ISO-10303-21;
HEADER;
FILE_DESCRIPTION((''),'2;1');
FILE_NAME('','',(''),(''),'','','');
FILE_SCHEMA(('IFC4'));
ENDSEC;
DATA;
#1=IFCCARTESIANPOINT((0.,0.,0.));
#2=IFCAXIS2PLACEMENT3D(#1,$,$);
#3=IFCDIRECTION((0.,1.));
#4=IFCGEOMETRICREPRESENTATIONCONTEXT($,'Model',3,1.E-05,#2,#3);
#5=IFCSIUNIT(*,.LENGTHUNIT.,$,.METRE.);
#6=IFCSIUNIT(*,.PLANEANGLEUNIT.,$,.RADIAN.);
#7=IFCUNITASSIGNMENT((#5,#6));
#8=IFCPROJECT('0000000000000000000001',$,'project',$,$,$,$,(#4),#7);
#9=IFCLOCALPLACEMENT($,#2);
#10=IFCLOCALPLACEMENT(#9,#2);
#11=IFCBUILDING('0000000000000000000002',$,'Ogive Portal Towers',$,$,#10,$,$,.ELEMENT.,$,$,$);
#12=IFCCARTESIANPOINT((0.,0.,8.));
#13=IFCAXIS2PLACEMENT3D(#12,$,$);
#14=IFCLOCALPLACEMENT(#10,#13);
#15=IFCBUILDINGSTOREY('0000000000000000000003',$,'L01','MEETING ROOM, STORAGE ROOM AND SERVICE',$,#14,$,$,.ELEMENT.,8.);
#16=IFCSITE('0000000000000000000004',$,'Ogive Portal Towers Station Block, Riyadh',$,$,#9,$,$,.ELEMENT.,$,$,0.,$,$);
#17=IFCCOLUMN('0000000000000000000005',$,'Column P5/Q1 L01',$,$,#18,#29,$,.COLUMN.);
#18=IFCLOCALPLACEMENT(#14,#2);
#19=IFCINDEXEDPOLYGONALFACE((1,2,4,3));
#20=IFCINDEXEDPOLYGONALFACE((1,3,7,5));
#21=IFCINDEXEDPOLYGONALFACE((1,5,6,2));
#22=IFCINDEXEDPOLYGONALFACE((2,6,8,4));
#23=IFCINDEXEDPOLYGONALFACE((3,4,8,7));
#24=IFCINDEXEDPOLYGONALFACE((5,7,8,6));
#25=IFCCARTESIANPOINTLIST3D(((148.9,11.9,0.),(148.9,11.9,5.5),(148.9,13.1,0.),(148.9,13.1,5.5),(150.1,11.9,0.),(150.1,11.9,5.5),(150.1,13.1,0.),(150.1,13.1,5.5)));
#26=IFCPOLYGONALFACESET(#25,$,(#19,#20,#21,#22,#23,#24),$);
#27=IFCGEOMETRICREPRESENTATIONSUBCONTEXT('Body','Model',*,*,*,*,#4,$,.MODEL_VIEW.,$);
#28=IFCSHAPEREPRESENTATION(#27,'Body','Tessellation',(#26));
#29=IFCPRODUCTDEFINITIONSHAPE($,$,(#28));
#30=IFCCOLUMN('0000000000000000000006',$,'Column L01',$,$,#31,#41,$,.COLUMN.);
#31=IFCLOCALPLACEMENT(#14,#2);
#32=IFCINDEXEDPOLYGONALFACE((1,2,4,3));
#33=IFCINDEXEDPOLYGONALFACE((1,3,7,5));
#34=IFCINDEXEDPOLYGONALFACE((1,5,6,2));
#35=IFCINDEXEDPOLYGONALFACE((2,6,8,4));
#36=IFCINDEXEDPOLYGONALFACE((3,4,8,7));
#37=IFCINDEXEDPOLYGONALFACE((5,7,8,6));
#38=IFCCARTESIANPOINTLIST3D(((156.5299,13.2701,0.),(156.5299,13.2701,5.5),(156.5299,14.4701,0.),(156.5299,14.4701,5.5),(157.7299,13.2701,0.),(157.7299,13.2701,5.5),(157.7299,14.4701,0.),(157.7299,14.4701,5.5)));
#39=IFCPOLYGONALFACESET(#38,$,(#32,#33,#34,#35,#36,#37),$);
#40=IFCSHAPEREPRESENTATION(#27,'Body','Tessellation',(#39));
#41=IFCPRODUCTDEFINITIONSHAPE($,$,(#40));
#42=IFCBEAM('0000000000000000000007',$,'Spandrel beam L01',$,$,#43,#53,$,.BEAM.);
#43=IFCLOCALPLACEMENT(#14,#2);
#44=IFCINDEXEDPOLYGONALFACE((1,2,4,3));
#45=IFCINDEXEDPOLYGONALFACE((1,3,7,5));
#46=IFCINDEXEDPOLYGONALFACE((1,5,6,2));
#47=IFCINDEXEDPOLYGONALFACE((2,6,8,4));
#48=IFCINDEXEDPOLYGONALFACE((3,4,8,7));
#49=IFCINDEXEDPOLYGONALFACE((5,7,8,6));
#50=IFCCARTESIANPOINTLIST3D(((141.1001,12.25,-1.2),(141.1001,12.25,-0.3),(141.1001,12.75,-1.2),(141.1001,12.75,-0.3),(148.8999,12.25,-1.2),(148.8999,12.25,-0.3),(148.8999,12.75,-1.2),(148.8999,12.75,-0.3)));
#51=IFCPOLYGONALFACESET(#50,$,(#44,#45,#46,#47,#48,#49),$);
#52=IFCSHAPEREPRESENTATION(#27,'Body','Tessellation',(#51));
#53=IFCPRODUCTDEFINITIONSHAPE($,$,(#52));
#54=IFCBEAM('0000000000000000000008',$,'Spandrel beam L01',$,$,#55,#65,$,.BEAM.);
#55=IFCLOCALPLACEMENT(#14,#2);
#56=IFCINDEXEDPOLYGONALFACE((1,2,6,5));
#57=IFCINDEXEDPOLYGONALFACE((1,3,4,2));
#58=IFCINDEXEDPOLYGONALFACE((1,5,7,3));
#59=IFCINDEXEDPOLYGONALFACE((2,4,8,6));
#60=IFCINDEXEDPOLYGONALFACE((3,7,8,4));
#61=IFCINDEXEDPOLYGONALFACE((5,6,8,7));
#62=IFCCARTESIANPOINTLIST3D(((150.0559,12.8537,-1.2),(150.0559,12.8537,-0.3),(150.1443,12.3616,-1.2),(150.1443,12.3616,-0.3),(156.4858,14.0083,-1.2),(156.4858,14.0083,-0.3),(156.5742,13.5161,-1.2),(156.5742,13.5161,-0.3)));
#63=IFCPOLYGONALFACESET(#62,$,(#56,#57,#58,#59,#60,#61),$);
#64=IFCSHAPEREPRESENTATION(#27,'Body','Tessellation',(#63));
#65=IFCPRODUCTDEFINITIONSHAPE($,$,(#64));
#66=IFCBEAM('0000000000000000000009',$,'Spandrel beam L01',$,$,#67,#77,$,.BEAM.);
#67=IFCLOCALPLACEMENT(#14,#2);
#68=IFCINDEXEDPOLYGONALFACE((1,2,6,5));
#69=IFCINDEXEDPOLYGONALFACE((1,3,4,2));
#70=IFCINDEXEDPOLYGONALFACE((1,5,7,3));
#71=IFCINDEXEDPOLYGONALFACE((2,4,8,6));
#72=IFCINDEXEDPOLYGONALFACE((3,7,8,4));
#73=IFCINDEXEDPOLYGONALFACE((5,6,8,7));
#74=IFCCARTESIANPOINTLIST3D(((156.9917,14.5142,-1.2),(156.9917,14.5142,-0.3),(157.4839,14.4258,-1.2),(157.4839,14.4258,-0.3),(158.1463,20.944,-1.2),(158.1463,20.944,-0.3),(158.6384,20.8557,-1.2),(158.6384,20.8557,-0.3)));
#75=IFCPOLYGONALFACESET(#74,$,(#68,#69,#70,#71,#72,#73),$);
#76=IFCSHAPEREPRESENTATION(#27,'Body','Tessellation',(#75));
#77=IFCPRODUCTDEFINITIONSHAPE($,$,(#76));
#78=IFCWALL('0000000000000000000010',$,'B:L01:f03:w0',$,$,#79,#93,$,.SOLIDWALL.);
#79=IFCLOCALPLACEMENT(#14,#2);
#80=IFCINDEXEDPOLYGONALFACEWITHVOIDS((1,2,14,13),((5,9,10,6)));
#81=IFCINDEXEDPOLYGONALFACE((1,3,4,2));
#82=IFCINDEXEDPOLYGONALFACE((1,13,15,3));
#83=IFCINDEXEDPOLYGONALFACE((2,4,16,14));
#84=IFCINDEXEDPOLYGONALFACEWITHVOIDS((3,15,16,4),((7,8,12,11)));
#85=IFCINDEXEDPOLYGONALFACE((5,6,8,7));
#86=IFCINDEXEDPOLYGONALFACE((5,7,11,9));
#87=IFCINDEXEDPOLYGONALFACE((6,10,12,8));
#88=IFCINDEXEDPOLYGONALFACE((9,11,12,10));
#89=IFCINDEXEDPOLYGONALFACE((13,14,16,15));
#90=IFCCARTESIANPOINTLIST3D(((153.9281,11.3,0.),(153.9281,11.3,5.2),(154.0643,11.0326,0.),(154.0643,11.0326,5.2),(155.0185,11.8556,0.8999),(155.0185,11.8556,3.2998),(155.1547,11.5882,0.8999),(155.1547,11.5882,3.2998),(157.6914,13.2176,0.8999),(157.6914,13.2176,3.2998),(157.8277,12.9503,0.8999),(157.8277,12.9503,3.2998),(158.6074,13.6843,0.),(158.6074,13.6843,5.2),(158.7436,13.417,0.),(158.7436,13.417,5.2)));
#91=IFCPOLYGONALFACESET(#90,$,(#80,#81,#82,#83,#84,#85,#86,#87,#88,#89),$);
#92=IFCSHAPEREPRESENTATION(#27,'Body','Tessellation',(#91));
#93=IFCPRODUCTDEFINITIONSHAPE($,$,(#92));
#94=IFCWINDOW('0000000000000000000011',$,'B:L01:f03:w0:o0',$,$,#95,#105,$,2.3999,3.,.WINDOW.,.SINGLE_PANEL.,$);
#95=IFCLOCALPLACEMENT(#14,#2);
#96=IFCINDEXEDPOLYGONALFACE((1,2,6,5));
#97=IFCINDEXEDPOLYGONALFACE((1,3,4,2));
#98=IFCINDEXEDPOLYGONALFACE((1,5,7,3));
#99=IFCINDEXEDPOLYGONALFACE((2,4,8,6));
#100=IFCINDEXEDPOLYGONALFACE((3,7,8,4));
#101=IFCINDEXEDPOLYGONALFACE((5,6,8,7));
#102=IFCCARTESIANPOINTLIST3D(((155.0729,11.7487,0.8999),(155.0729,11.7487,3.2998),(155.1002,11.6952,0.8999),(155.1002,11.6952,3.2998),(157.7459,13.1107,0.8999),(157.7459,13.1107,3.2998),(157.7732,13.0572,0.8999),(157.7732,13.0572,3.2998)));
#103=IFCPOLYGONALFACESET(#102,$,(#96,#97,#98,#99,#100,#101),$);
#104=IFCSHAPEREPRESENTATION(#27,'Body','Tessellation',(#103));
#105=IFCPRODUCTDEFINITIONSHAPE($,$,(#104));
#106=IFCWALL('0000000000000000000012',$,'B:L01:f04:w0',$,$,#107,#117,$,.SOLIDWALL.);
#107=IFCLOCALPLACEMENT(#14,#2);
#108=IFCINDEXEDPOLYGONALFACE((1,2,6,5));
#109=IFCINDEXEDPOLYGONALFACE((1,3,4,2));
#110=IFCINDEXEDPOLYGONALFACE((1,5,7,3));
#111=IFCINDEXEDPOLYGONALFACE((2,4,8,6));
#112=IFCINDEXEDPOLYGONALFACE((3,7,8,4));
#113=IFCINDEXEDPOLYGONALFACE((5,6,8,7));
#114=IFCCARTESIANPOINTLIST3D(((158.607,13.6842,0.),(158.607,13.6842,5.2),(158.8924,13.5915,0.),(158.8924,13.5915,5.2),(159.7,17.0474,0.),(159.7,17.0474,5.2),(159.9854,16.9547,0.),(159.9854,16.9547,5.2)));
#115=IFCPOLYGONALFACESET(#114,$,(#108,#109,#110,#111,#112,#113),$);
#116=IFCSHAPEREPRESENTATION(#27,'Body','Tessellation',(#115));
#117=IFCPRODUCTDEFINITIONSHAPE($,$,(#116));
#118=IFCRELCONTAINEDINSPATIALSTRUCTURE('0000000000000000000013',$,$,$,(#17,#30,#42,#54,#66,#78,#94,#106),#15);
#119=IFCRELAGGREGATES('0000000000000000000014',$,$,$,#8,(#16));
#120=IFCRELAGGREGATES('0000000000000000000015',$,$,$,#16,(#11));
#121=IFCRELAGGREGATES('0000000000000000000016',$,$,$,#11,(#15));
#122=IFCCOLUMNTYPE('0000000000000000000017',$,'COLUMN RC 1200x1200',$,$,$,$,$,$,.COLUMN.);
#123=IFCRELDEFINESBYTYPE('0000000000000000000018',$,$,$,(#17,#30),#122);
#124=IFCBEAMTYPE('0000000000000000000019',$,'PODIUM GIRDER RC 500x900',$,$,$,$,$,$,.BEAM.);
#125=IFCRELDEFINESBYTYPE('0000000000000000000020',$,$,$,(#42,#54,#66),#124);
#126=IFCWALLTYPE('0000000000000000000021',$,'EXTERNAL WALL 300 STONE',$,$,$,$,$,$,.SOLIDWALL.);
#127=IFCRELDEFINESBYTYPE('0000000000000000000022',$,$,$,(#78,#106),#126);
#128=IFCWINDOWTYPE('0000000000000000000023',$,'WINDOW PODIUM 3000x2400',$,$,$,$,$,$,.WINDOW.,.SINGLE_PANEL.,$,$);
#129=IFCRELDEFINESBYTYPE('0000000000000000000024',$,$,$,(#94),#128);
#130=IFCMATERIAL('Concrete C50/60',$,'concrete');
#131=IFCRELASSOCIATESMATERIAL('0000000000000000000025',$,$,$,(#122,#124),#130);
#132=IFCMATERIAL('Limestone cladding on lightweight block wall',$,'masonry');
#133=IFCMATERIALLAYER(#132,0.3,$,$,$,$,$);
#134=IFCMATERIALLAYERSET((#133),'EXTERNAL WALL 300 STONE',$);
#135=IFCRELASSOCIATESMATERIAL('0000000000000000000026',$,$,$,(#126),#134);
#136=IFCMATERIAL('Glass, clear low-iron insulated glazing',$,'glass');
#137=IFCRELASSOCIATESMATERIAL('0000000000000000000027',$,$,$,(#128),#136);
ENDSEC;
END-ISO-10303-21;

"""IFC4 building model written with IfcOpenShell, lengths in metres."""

from ifc_helpers import new_model, si_unit, direction, frame, frame_2d, origin, origin_2d, place, context, subcontext, project, spatial, rectangle, extrude, material, layer, layer_set, material_profile, profile_set, type_object, element, fill, save


model = new_model("IFC4")

# Units and contexts
model_context = context("Model", 3, precision=1e-05, world=origin(), true_north=direction((0.0, 1.0)))
body_context = subcontext(model_context, "Body", "Model", "MODEL_VIEW")
ifc_project = project(units=[si_unit("LENGTHUNIT", "METRE"), si_unit("PLANEANGLEUNIT", "RADIAN")], contexts=[model_context])

# Site, building, storey
site_placement = place(None, origin())
site = spatial("IfcSite", under=ifc_project, at=site_placement, Name="Ogive Portal Towers Station Block, Riyadh", CompositionType="ELEMENT", RefElevation=0.0)
building_placement = place(site_placement, origin())
building = spatial("IfcBuilding", under=site, at=building_placement, Name="Ogive Portal Towers", CompositionType="ELEMENT")
storey_placement = place(building_placement, frame((0.0, 0.0, 8.0)))
storey = spatial("IfcBuildingStorey", under=building, at=storey_placement, Name="L01", Description="MEETING ROOM, STORAGE ROOM AND SERVICE", CompositionType="ELEMENT", Elevation=8.0)

# Columns
ifc_material_1 = material(Name="Concrete C50/60", Category="concrete")
ifc_material_profile_1 = material_profile(ifc_material_1, rectangle(XDim=1.2, YDim=1.2, at=origin_2d()), Name="RC 1200x1200")
ifc_profile_set_1 = profile_set([ifc_material_profile_1], Name="Concrete C50/60")
column_type = type_object("IfcColumnType", Name="COLUMN RC 1200x1200", PredefinedType="COLUMN", material=ifc_profile_set_1)
for number, where, z_axis, x_axis, name in (
    (1, (149.5, 12.5, 0.0), (0.0, 0.0, 1.0), (1.0, 0.0, 0.0), "Column P5/Q1 L01"),
    (2, (157.1299, 13.8701, 0.0), (0.0, 0.0, 1.0), (1.0, 0.0, 0.0), "Column L01"),
):
    element("IfcColumn", number, at=place(storey_placement, frame(where, z_axis=z_axis, x_axis=x_axis)), inside=storey, type_object=column_type, Name=name, PredefinedType="COLUMN", context=body_context, shape_type="SweptSolid", body=[
        extrude(rectangle(XDim=1.2, YDim=1.2, at=origin_2d()), origin(), (0.0, 0.0, 1.0), 5.5),
    ])

# Beams
ifc_material_profile_2 = material_profile(ifc_material_1, rectangle(XDim=0.5, YDim=0.8999, at=origin_2d()), Name="RC 500x900")
ifc_profile_set_2 = profile_set([ifc_material_profile_2], Name="Concrete C50/60")
beam_type = type_object("IfcBeamType", Name="PODIUM GIRDER RC 500x900", PredefinedType="BEAM", material=ifc_profile_set_2)
beam_placement = place(storey_placement, frame((141.1001, 12.5, -0.75), z_axis=(1.0, 0.0, 0.0), x_axis=(0.0, 1.0, 0.0)))
element("IfcBeam", 3, at=beam_placement, inside=storey, type_object=beam_type, Name="Spandrel beam L01", PredefinedType="BEAM", context=body_context, shape_type="SweptSolid", body=[
    extrude(rectangle(XDim=0.5, YDim=0.8999, at=origin_2d()), origin(), (0.0, 0.0, 1.0), 7.7998),
])
for number, where, z_axis, x_axis, name in (
    (4, (150.1001, 12.6077, -0.75), (0.984259, 0.176731, 0.0), (-0.176731, 0.984259, 0.0), "Spandrel beam L01"),
    (5, (157.2378, 14.47, -0.75), (0.176731, 0.984259, 0.0), (-0.984259, 0.176731, 0.0), "Spandrel beam L01"),
):
    element("IfcBeam", number, at=place(storey_placement, frame(where, z_axis=z_axis, x_axis=x_axis)), inside=storey, type_object=beam_type, Name=name, PredefinedType="BEAM", context=body_context, shape_type="SweptSolid", body=[
        extrude(rectangle(XDim=0.5, YDim=0.8999, at=origin_2d()), origin(), (0.0, 0.0, 1.0), 6.5327),
    ])

# Wall, opening, window
ifc_material_2 = material(Name="Limestone cladding on lightweight block wall", Category="masonry")
ifc_layer_1 = layer(ifc_material_2, 0.3)
ifc_layer_set_1 = layer_set([ifc_layer_1], Name="EXTERNAL WALL 300 STONE")
wall_type_1 = type_object("IfcWallType", Name="EXTERNAL WALL 300 STONE", PredefinedType="SOLIDWALL", material=ifc_layer_set_1)
wall_1_placement = place(storey_placement, frame((153.9961, 11.1663, 0.0), z_axis=(0.0, 0.0, 1.0), x_axis=(0.890998, 0.454007, 0.0)))
wall_1 = element("IfcWall", 6, at=wall_1_placement, inside=storey, type_object=wall_type_1, Name="B:L01:f03:w0", PredefinedType="SOLIDWALL", context=body_context, shape_type="SweptSolid", body=[
    extrude(rectangle(XDim=5.2517, YDim=0.3, at=frame_2d((2.626, 0.0))), origin(), (0.0, 0.0, 1.0), 5.2),
])
opening_1_placement = place(wall_1_placement, frame((1.2239, 0.0, 0.8999)))
opening_1 = element("IfcOpeningElement", 7, at=opening_1_placement, cuts=wall_1, PredefinedType="OPENING", context=body_context, shape_type="SweptSolid", body=[
    extrude(rectangle(XDim=3.0, YDim=2.3999, at=frame_2d((1.5, 1.2))), frame((0.0, 0.1602, 0.0), z_axis=(0.0, -1.0, 0.0), x_axis=(1.0, 0.0, 0.0)), (0.0, 0.0, 1.0), 0.3201),
])
ifc_material_3 = material(Name="Glass, clear low-iron insulated glazing", Category="glass")
window_type = type_object("IfcWindowType", Name="WINDOW PODIUM 3000x2400", PartitioningType="SINGLE_PANEL", PredefinedType="WINDOW", material=ifc_material_3)
window_1_placement = place(opening_1_placement, origin())
window_1 = element("IfcWindow", 8, at=window_1_placement, inside=storey, type_object=window_type, Name="B:L01:f03:w0:o0", OverallHeight=2.3999, OverallWidth=3.0, PartitioningType="SINGLE_PANEL", PredefinedType="WINDOW", context=body_context, shape_type="SweptSolid", body=[
    extrude(rectangle(XDim=3.0, YDim=2.3999, at=frame_2d((1.5, 1.2))), frame((0.0, 0.03, 0.0), z_axis=(0.0, -1.0, 0.0), x_axis=(1.0, 0.0, 0.0)), (0.0, 0.0, 1.0), 0.0601),
])
fill(opening_1, window_1)

# Wall
wall_2_placement = place(storey_placement, frame((158.7498, 13.6379, 0.0), z_axis=(0.0, 0.0, 1.0), x_axis=(0.309074, 0.951038, 0.0)))
element("IfcWall", 9, at=wall_2_placement, inside=storey, type_object=wall_type_1, Name="B:L01:f04:w0", PredefinedType="SOLIDWALL", context=body_context, shape_type="SweptSolid", body=[
    extrude(rectangle(XDim=3.5364, YDim=0.3, at=frame_2d((1.7681, 0.0))), origin(), (0.0, 0.0, 1.0), 5.2),
])

save(model, "model.ifc")
